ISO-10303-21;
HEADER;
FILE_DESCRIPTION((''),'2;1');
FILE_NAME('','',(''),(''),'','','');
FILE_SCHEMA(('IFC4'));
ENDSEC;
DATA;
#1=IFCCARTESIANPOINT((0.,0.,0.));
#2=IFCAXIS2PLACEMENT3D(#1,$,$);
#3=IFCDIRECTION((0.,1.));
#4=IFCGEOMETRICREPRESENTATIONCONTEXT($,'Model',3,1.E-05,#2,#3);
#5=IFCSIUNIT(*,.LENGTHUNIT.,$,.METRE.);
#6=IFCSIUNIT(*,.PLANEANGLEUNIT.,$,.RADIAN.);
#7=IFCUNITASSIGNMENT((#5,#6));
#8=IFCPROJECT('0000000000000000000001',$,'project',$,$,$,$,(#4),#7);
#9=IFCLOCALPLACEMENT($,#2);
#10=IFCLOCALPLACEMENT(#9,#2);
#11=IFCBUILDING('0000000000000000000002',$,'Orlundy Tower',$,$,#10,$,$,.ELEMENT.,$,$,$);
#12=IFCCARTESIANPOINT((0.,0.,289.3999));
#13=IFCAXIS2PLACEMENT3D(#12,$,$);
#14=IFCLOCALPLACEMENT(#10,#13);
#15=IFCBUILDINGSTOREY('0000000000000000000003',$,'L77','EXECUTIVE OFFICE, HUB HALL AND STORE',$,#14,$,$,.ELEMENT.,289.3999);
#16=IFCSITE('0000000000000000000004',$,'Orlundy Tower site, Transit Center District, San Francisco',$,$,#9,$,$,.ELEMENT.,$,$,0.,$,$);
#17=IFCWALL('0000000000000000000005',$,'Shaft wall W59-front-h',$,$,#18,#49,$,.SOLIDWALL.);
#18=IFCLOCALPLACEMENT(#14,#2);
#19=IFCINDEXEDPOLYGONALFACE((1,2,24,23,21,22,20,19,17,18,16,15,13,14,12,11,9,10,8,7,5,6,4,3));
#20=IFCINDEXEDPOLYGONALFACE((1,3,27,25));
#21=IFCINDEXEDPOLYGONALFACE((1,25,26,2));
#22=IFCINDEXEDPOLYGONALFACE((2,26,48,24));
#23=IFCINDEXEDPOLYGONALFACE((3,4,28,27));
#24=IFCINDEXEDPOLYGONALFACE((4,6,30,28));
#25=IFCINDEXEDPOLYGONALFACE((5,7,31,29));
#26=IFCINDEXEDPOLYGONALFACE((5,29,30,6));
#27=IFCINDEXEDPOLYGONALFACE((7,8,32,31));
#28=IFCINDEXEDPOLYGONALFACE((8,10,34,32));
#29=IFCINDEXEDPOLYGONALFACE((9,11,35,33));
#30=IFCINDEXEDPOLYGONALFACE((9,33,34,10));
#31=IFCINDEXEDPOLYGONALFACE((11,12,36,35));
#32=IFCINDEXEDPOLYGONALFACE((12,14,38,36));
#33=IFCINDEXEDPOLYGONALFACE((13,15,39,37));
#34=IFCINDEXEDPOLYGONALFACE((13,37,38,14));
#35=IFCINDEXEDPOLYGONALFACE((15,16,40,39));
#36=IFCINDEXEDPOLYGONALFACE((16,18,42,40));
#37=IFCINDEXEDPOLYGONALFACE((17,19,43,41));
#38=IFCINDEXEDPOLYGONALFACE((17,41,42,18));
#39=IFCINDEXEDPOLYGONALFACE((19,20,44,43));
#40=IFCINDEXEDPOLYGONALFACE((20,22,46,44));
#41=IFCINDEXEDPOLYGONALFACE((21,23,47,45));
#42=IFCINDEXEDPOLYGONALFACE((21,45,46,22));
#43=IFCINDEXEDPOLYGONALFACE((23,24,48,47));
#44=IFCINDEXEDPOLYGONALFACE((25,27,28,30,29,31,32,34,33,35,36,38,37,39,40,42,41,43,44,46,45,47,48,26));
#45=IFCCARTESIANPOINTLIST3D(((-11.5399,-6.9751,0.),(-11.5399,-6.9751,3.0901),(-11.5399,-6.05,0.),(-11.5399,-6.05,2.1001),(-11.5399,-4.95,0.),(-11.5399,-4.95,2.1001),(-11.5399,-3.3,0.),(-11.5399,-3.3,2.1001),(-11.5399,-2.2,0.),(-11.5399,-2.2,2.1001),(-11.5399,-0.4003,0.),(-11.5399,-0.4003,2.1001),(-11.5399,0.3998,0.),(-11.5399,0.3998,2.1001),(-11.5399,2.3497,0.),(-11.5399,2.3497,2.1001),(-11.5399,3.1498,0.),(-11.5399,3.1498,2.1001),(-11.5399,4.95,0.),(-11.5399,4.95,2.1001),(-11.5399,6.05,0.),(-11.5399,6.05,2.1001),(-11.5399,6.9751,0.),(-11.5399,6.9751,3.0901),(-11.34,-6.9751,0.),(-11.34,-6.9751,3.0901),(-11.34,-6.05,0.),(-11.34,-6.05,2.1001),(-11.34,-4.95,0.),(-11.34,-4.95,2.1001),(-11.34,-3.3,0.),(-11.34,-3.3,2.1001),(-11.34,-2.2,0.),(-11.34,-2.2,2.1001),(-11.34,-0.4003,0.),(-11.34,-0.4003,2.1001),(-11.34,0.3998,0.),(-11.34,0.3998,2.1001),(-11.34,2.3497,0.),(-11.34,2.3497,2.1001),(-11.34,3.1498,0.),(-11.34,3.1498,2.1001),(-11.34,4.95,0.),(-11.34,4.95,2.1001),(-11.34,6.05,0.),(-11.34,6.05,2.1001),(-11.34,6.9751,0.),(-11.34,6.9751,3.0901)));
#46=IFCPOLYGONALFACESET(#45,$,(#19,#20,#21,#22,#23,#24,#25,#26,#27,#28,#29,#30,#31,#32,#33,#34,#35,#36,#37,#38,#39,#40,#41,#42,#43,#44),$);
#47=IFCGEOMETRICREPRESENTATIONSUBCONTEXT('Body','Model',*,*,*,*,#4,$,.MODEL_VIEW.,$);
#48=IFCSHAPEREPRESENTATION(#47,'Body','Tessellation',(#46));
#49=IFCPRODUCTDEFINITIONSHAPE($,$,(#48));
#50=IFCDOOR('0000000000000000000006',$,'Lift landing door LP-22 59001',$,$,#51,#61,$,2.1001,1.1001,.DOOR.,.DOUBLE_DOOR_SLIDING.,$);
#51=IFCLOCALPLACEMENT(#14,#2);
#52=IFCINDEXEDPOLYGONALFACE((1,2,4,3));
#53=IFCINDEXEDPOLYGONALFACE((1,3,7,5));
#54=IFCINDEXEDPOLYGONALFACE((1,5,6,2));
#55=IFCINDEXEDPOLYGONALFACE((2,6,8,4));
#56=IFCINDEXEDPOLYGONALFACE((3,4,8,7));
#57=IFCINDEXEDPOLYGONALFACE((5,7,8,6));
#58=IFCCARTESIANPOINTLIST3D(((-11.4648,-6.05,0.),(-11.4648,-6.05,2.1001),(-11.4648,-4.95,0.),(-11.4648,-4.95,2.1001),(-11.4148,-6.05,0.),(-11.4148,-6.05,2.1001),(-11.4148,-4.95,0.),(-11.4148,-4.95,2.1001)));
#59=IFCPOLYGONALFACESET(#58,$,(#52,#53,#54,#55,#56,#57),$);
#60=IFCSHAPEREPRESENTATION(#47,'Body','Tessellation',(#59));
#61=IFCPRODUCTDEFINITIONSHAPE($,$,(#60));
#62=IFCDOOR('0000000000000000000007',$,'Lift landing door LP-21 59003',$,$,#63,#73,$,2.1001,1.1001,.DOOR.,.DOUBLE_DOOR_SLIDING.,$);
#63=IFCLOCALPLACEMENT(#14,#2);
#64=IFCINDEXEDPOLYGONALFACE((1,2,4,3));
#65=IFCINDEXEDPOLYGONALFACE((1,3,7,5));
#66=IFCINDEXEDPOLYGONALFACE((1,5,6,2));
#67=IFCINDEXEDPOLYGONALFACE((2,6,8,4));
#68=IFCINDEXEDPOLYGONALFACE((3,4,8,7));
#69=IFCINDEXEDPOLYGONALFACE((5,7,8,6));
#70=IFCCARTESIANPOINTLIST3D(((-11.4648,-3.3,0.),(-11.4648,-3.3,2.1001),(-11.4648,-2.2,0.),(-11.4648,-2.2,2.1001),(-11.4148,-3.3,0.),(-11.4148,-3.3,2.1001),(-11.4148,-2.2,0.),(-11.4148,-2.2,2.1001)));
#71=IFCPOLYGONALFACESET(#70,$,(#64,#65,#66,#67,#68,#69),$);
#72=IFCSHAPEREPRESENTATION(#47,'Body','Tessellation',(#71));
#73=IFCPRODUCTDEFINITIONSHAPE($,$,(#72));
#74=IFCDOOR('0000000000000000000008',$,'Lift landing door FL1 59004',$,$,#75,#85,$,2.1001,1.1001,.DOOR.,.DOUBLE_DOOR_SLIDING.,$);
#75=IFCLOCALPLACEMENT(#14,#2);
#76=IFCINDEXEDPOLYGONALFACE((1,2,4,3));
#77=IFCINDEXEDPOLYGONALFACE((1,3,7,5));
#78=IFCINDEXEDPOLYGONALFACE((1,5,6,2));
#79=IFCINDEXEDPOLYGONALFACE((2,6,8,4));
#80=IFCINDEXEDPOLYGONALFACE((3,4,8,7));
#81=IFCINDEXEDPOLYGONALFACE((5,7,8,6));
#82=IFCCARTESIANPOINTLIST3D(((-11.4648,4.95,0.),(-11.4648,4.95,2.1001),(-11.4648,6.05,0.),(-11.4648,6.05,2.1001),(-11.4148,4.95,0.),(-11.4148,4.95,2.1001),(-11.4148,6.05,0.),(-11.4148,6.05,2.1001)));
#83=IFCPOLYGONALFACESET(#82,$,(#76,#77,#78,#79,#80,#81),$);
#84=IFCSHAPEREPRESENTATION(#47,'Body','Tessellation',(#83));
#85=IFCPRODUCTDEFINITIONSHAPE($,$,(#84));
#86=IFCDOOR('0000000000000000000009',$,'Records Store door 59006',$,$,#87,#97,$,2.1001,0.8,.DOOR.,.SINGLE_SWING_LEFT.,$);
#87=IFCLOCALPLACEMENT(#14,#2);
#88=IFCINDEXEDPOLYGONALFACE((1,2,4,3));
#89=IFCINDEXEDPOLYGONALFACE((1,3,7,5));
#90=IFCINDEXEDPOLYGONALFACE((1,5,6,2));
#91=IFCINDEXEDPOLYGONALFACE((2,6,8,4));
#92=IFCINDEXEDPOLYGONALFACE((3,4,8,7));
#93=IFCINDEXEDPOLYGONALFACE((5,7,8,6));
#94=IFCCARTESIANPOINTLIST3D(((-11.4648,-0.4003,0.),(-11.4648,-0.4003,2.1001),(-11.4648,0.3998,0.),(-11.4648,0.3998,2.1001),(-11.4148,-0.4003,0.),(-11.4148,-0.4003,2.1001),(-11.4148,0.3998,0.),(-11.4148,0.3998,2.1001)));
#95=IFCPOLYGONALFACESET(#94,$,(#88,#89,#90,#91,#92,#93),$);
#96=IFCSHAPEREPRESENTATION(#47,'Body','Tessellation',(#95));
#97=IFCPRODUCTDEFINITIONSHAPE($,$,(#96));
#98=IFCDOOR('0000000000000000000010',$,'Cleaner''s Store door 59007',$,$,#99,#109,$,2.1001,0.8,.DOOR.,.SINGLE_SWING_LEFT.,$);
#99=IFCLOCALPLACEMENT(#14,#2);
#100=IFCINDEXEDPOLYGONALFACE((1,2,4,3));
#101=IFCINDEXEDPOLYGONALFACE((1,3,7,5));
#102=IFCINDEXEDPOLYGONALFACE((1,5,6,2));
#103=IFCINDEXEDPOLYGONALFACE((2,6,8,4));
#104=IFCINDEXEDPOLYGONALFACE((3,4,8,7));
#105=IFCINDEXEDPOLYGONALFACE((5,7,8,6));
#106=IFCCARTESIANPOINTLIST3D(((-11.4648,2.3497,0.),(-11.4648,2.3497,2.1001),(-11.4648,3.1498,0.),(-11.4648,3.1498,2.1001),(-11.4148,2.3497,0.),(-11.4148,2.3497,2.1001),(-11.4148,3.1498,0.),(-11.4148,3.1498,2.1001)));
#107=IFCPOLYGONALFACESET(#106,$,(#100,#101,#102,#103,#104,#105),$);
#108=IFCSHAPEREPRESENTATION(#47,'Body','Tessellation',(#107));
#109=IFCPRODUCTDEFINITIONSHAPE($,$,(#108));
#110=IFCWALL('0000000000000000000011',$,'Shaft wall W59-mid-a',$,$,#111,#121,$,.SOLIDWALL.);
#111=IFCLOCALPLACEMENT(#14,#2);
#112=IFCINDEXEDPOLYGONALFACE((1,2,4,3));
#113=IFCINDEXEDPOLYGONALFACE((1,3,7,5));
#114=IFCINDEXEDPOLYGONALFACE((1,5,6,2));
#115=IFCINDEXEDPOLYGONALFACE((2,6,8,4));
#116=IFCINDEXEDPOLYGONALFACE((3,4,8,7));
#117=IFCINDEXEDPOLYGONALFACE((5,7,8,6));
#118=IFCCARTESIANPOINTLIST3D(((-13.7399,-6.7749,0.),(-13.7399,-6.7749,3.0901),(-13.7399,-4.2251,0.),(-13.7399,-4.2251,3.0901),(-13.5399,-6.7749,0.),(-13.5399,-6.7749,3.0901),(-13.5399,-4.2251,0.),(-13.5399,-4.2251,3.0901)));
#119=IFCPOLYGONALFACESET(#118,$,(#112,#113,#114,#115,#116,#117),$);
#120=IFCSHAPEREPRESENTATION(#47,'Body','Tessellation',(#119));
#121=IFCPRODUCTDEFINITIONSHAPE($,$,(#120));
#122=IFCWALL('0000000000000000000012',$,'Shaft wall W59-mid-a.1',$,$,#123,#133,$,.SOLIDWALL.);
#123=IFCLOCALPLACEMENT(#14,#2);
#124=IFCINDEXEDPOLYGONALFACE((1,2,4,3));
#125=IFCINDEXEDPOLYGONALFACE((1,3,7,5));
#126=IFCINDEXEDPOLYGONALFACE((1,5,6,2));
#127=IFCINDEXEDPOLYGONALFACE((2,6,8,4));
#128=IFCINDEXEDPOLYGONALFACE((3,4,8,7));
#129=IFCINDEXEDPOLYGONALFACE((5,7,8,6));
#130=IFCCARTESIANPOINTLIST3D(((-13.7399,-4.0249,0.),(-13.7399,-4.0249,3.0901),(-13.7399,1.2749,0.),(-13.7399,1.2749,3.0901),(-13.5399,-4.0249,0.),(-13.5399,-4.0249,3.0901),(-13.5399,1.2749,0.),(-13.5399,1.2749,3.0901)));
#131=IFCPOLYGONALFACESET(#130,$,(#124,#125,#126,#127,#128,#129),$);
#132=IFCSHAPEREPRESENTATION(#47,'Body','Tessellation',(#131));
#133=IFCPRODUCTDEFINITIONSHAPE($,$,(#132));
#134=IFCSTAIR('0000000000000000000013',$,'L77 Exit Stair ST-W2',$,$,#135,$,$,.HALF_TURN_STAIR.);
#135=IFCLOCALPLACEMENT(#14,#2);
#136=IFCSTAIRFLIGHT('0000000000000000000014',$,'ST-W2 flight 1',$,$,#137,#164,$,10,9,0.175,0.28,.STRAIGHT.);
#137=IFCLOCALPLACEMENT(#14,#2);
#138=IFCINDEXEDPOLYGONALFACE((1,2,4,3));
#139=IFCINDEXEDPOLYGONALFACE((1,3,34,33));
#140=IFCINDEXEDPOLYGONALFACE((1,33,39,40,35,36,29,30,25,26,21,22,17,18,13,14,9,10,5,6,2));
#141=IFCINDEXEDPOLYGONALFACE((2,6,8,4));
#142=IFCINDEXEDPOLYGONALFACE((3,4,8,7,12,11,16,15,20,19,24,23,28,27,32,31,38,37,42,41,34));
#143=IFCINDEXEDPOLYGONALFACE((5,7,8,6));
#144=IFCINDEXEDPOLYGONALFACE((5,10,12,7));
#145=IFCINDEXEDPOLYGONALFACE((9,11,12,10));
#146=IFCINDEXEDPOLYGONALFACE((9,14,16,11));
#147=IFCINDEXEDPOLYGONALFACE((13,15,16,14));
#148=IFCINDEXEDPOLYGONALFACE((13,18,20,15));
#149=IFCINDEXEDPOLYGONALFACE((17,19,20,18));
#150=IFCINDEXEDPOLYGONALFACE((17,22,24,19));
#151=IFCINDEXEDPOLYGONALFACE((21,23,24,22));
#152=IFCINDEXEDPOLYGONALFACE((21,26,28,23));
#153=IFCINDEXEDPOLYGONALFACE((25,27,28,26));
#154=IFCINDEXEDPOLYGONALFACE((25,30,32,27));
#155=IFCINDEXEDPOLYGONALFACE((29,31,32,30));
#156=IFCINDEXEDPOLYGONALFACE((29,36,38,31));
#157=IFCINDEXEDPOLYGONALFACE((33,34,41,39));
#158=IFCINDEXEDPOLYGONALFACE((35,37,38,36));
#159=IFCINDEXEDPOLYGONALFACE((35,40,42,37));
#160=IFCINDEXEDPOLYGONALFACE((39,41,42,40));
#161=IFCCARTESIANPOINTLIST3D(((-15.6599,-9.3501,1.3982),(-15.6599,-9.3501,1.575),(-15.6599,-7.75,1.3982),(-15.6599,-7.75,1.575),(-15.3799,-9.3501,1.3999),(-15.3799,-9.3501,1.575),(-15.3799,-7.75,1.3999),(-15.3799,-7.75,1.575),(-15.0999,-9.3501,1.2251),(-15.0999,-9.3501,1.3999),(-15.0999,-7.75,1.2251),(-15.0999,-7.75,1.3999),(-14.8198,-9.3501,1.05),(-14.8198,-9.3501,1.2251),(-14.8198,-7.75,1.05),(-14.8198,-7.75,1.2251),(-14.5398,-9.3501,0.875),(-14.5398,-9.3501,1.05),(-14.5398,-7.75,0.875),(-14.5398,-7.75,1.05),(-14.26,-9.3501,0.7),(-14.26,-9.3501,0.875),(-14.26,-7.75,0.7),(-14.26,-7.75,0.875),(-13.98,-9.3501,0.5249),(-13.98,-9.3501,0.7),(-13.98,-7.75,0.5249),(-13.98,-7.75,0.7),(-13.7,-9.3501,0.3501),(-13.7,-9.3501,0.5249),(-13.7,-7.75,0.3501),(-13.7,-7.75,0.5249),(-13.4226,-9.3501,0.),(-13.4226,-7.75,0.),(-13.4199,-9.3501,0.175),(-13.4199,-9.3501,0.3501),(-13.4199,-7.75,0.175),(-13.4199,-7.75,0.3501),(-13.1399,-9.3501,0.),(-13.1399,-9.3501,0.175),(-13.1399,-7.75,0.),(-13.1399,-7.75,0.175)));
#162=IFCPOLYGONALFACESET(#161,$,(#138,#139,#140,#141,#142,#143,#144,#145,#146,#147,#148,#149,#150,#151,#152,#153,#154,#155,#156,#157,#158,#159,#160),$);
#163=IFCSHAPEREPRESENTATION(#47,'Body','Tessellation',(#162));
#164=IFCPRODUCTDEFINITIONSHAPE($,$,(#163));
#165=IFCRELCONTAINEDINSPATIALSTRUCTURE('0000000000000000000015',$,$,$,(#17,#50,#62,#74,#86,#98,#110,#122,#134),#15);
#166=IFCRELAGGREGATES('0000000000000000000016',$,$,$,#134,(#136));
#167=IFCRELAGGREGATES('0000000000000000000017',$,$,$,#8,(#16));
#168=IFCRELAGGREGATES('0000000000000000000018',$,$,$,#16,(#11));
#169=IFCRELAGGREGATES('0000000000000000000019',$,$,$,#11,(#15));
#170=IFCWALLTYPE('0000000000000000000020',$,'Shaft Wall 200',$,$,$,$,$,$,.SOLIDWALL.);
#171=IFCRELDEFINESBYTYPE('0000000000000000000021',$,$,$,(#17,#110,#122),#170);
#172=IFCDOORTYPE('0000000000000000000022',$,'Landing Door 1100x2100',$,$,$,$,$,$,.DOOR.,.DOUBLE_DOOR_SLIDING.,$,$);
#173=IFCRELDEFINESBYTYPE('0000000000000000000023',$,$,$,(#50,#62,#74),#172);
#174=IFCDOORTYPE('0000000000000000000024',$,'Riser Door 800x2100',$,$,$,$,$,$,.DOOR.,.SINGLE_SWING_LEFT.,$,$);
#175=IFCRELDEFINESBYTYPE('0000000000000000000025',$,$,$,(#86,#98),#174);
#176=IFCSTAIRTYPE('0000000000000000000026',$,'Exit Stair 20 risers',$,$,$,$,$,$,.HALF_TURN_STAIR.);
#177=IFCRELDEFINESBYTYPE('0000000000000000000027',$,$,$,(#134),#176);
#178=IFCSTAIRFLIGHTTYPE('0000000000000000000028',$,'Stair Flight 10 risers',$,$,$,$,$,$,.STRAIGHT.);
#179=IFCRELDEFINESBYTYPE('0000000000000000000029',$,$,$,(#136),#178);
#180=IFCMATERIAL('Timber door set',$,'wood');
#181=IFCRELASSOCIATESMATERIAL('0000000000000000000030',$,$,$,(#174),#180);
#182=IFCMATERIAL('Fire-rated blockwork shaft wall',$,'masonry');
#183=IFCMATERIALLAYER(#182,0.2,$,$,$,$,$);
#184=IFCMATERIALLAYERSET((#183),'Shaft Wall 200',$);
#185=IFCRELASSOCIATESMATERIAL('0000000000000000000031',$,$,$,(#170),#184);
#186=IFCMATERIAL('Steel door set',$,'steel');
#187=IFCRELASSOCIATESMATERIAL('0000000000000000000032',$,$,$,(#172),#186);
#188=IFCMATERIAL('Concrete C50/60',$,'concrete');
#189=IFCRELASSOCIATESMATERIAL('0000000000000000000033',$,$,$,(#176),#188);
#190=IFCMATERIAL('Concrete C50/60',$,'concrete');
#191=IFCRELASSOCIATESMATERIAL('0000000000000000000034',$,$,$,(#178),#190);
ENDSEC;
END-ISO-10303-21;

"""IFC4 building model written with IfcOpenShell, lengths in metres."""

from ifc_helpers import new_model, si_unit, direction, frame, frame_2d, origin, place, context, subcontext, project, spatial, polyline, rectangle, outline, extrude, material, layer, layer_set, type_object, element, fill, aggregate, save


model = new_model("IFC4")

# Units and contexts
model_context = context("Model", 3, precision=1e-05, world=origin(), true_north=direction((0.0, 1.0)))
body_context = subcontext(model_context, "Body", "Model", "MODEL_VIEW")
ifc_project = project(units=[si_unit("LENGTHUNIT", "METRE"), si_unit("PLANEANGLEUNIT", "RADIAN")], contexts=[model_context])

# Site, building, storey
site_placement = place(None, origin())
site = spatial("IfcSite", under=ifc_project, at=site_placement, Name="Orlundy Tower site, Transit Center District, San Francisco", CompositionType="ELEMENT", RefElevation=0.0)
building_placement = place(site_placement, origin())
building = spatial("IfcBuilding", under=site, at=building_placement, Name="Orlundy Tower", CompositionType="ELEMENT")
storey_placement = place(building_placement, frame((0.0, 0.0, 289.3999)))
storey = spatial("IfcBuildingStorey", under=building, at=storey_placement, Name="L77", Description="EXECUTIVE OFFICE, HUB HALL AND STORE", CompositionType="ELEMENT", Elevation=289.3999)

# Shared definitions
ifc_material_1 = material(Name="Timber door set", Category="wood")
door_type_1 = type_object("IfcDoorType", Name="Riser Door 800x2100", OperationType="SINGLE_SWING_LEFT", PredefinedType="DOOR", material=ifc_material_1)

# Shared definitions
ifc_material_2 = material(Name="Fire-rated blockwork shaft wall", Category="masonry")
ifc_layer_1 = layer(ifc_material_2, 0.2)
ifc_layer_set_1 = layer_set([ifc_layer_1], Name="Shaft Wall 200")
wall_type_1 = type_object("IfcWallType", Name="Shaft Wall 200", PredefinedType="SOLIDWALL", material=ifc_layer_set_1)

# Wall, openings, doors
wall_1_placement = place(storey_placement, frame((-11.4399, -6.9751, 0.0), z_axis=(0.0, 0.0, 1.0), x_axis=(0.0, 1.0, 0.0)))
wall_1 = element("IfcWall", 1, at=wall_1_placement, inside=storey, type_object=wall_type_1, Name="Shaft wall W59-front-h", PredefinedType="SOLIDWALL", context=body_context, shape_type="SweptSolid", body=[
    extrude(rectangle(XDim=13.9502, YDim=0.2, at=frame_2d((6.9751, 0.0))), origin(), (0.0, 0.0, 1.0), 3.0901),
])
opening_1_placement = place(wall_1_placement, frame((0.925, 0.0, 0.0)))
opening_1 = element("IfcOpeningElement", 2, at=opening_1_placement, cuts=wall_1, PredefinedType="OPENING", context=body_context, shape_type="SweptSolid", body=[
    extrude(rectangle(XDim=1.1001, YDim=2.1001, at=frame_2d((0.55, 1.05))), frame((0.0, 0.1101, 0.0), z_axis=(0.0, -1.0, 0.0), x_axis=(1.0, 0.0, 0.0)), (0.0, 0.0, 1.0), 0.2202),
])
opening_2_placement = place(wall_1_placement, frame((3.675, 0.0, 0.0)))
opening_2 = element("IfcOpeningElement", 3, at=opening_2_placement, cuts=wall_1, PredefinedType="OPENING", context=body_context, shape_type="SweptSolid", body=[
    extrude(rectangle(XDim=1.1001, YDim=2.1001, at=frame_2d((0.55, 1.05))), frame((0.0, 0.1101, 0.0), z_axis=(0.0, -1.0, 0.0), x_axis=(1.0, 0.0, 0.0)), (0.0, 0.0, 1.0), 0.2202),
])
opening_3_placement = place(wall_1_placement, frame((11.925, 0.0, 0.0)))
opening_3 = element("IfcOpeningElement", 4, at=opening_3_placement, cuts=wall_1, PredefinedType="OPENING", context=body_context, shape_type="SweptSolid", body=[
    extrude(rectangle(XDim=1.1001, YDim=2.1001, at=frame_2d((0.55, 1.05))), frame((0.0, 0.1101, 0.0), z_axis=(0.0, -1.0, 0.0), x_axis=(1.0, 0.0, 0.0)), (0.0, 0.0, 1.0), 0.2202),
])
opening_4_placement = place(wall_1_placement, frame((6.575, 0.0, 0.0)))
opening_4 = element("IfcOpeningElement", 5, at=opening_4_placement, cuts=wall_1, PredefinedType="OPENING", context=body_context, shape_type="SweptSolid", body=[
    extrude(rectangle(XDim=0.8, YDim=2.1001, at=frame_2d((0.3999, 1.05))), frame((0.0, 0.1101, 0.0), z_axis=(0.0, -1.0, 0.0), x_axis=(1.0, 0.0, 0.0)), (0.0, 0.0, 1.0), 0.2202),
])
opening_5_placement = place(wall_1_placement, frame((9.325, 0.0, 0.0)))
opening_5 = element("IfcOpeningElement", 6, at=opening_5_placement, cuts=wall_1, PredefinedType="OPENING", context=body_context, shape_type="SweptSolid", body=[
    extrude(rectangle(XDim=0.8, YDim=2.1001, at=frame_2d((0.3999, 1.05))), frame((0.0, 0.1101, 0.0), z_axis=(0.0, -1.0, 0.0), x_axis=(1.0, 0.0, 0.0)), (0.0, 0.0, 1.0), 0.2202),
])
ifc_material_3 = material(Name="Steel door set", Category="steel")
door_type_2 = type_object("IfcDoorType", Name="Landing Door 1100x2100", OperationType="DOUBLE_DOOR_SLIDING", PredefinedType="DOOR", material=ifc_material_3)
door_1_placement = place(opening_1_placement, origin())
door_1 = element("IfcDoor", 7, at=door_1_placement, inside=storey, type_object=door_type_2, Name="Lift landing door LP-22 59001", OperationType="DOUBLE_DOOR_SLIDING", OverallHeight=2.1001, OverallWidth=1.1001, PredefinedType="DOOR", context=body_context, shape_type="SweptSolid", body=[
    extrude(rectangle(XDim=1.1001, YDim=2.1001, at=frame_2d((0.55, 1.05))), frame((0.0, 0.0249, 0.0), z_axis=(0.0, -1.0, 0.0), x_axis=(1.0, 0.0, 0.0)), (0.0, 0.0, 1.0), 0.05),
])
fill(opening_1, door_1)
door_2_placement = place(opening_2_placement, origin())
door_2 = element("IfcDoor", 8, at=door_2_placement, inside=storey, type_object=door_type_2, Name="Lift landing door LP-21 59003", OperationType="DOUBLE_DOOR_SLIDING", OverallHeight=2.1001, OverallWidth=1.1001, PredefinedType="DOOR", context=body_context, shape_type="SweptSolid", body=[
    extrude(rectangle(XDim=1.1001, YDim=2.1001, at=frame_2d((0.55, 1.05))), frame((0.0, 0.0249, 0.0), z_axis=(0.0, -1.0, 0.0), x_axis=(1.0, 0.0, 0.0)), (0.0, 0.0, 1.0), 0.05),
])
fill(opening_2, door_2)
door_3_placement = place(opening_3_placement, origin())
door_3 = element("IfcDoor", 9, at=door_3_placement, inside=storey, type_object=door_type_2, Name="Lift landing door FL1 59004", OperationType="DOUBLE_DOOR_SLIDING", OverallHeight=2.1001, OverallWidth=1.1001, PredefinedType="DOOR", context=body_context, shape_type="SweptSolid", body=[
    extrude(rectangle(XDim=1.1001, YDim=2.1001, at=frame_2d((0.55, 1.05))), frame((0.0, 0.0249, 0.0), z_axis=(0.0, -1.0, 0.0), x_axis=(1.0, 0.0, 0.0)), (0.0, 0.0, 1.0), 0.05),
])
fill(opening_3, door_3)
door_4_placement = place(opening_4_placement, origin())
door_4 = element("IfcDoor", 10, at=door_4_placement, inside=storey, type_object=door_type_1, Name="Records Store door 59006", OperationType="SINGLE_SWING_LEFT", OverallHeight=2.1001, OverallWidth=0.8, PredefinedType="DOOR", context=body_context, shape_type="SweptSolid", body=[
    extrude(rectangle(XDim=0.8, YDim=2.1001, at=frame_2d((0.3999, 1.05))), frame((0.0, 0.0249, 0.0), z_axis=(0.0, -1.0, 0.0), x_axis=(1.0, 0.0, 0.0)), (0.0, 0.0, 1.0), 0.05),
])
fill(opening_4, door_4)
door_5_placement = place(opening_5_placement, origin())
door_5 = element("IfcDoor", 11, at=door_5_placement, inside=storey, type_object=door_type_1, Name="Cleaner's Store door 59007", OperationType="SINGLE_SWING_LEFT", OverallHeight=2.1001, OverallWidth=0.8, PredefinedType="DOOR", context=body_context, shape_type="SweptSolid", body=[
    extrude(rectangle(XDim=0.8, YDim=2.1001, at=frame_2d((0.3999, 1.05))), frame((0.0, 0.0249, 0.0), z_axis=(0.0, -1.0, 0.0), x_axis=(1.0, 0.0, 0.0)), (0.0, 0.0, 1.0), 0.05),
])
fill(opening_5, door_5)

# Walls
wall_2_placement = place(storey_placement, frame((-13.6399, -6.7749, 0.0), z_axis=(0.0, 0.0, 1.0), x_axis=(0.0, 1.0, 0.0)))
element("IfcWall", 12, at=wall_2_placement, inside=storey, type_object=wall_type_1, Name="Shaft wall W59-mid-a", PredefinedType="SOLIDWALL", context=body_context, shape_type="SweptSolid", body=[
    extrude(rectangle(XDim=2.5498, YDim=0.2, at=frame_2d((1.2749, 0.0))), origin(), (0.0, 0.0, 1.0), 3.0901),
])
wall_3_placement = place(storey_placement, frame((-13.6399, -4.0249, 0.0), z_axis=(0.0, 0.0, 1.0), x_axis=(0.0, 1.0, 0.0)))
element("IfcWall", 13, at=wall_3_placement, inside=storey, type_object=wall_type_1, Name="Shaft wall W59-mid-a.1", PredefinedType="SOLIDWALL", context=body_context, shape_type="SweptSolid", body=[
    extrude(rectangle(XDim=5.2998, YDim=0.2, at=frame_2d((2.6499, 0.0))), origin(), (0.0, 0.0, 1.0), 3.0901),
])

# Stair, stair flight
ifc_material_4 = material(Name="Concrete C50/60", Category="concrete")
stair_type = type_object("IfcStairType", Name="Exit Stair 20 risers", PredefinedType="HALF_TURN_STAIR", material=ifc_material_4)
stair_placement = place(storey_placement, origin())
stair = element("IfcStair", 14, at=stair_placement, inside=storey, type_object=stair_type, Name="L77 Exit Stair ST-W2", PredefinedType="HALF_TURN_STAIR")
ifc_material_5 = material(Name="Concrete C50/60", Category="concrete")
stair_flight_type = type_object("IfcStairFlightType", Name="Stair Flight 10 risers", PredefinedType="STRAIGHT", material=ifc_material_5)
stair_flight_placement = place(storey_placement, frame((-13.1399, -8.55, 0.0), z_axis=(0.0, 0.0, 1.0), x_axis=(-1.0, 0.0, 0.0)))
stair_flight = element("IfcStairFlight", 15, at=stair_flight_placement, type_object=stair_flight_type, Name="ST-W2 flight 1", NumberOfRisers=10, NumberOfTreads=9, PredefinedType="STRAIGHT", RiserHeight=0.175, TreadLength=0.28, context=body_context, shape_type="SweptSolid", body=[
    extrude(outline(polyline([(0.0, 0.0), (0.0, 0.175), (0.28, 0.175), (0.28, 0.3501), (0.5601, 0.3501), (0.5601, 0.5249), (0.8401, 0.5249), (0.8401, 0.7), (1.1201, 0.7), (1.1201, 0.875), (1.3999, 0.875), (1.3999, 1.05), (1.6799, 1.05), (1.6799, 1.2251), (1.96, 1.2251), (1.96, 1.3999), (2.24, 1.3999), (2.24, 1.575), (2.52, 1.575), (2.52, 1.75), (2.52, 1.3982), (0.2827, 0.0), (0.0, 0.0)])), frame((0.0, 0.8, 0.0), z_axis=(0.0, -1.0, 0.0), x_axis=(1.0, 0.0, 0.0)), (0.0, 0.0, 1.0), 1.6001),
])
aggregate(stair, [stair_flight])

save(model, "model.ifc")
